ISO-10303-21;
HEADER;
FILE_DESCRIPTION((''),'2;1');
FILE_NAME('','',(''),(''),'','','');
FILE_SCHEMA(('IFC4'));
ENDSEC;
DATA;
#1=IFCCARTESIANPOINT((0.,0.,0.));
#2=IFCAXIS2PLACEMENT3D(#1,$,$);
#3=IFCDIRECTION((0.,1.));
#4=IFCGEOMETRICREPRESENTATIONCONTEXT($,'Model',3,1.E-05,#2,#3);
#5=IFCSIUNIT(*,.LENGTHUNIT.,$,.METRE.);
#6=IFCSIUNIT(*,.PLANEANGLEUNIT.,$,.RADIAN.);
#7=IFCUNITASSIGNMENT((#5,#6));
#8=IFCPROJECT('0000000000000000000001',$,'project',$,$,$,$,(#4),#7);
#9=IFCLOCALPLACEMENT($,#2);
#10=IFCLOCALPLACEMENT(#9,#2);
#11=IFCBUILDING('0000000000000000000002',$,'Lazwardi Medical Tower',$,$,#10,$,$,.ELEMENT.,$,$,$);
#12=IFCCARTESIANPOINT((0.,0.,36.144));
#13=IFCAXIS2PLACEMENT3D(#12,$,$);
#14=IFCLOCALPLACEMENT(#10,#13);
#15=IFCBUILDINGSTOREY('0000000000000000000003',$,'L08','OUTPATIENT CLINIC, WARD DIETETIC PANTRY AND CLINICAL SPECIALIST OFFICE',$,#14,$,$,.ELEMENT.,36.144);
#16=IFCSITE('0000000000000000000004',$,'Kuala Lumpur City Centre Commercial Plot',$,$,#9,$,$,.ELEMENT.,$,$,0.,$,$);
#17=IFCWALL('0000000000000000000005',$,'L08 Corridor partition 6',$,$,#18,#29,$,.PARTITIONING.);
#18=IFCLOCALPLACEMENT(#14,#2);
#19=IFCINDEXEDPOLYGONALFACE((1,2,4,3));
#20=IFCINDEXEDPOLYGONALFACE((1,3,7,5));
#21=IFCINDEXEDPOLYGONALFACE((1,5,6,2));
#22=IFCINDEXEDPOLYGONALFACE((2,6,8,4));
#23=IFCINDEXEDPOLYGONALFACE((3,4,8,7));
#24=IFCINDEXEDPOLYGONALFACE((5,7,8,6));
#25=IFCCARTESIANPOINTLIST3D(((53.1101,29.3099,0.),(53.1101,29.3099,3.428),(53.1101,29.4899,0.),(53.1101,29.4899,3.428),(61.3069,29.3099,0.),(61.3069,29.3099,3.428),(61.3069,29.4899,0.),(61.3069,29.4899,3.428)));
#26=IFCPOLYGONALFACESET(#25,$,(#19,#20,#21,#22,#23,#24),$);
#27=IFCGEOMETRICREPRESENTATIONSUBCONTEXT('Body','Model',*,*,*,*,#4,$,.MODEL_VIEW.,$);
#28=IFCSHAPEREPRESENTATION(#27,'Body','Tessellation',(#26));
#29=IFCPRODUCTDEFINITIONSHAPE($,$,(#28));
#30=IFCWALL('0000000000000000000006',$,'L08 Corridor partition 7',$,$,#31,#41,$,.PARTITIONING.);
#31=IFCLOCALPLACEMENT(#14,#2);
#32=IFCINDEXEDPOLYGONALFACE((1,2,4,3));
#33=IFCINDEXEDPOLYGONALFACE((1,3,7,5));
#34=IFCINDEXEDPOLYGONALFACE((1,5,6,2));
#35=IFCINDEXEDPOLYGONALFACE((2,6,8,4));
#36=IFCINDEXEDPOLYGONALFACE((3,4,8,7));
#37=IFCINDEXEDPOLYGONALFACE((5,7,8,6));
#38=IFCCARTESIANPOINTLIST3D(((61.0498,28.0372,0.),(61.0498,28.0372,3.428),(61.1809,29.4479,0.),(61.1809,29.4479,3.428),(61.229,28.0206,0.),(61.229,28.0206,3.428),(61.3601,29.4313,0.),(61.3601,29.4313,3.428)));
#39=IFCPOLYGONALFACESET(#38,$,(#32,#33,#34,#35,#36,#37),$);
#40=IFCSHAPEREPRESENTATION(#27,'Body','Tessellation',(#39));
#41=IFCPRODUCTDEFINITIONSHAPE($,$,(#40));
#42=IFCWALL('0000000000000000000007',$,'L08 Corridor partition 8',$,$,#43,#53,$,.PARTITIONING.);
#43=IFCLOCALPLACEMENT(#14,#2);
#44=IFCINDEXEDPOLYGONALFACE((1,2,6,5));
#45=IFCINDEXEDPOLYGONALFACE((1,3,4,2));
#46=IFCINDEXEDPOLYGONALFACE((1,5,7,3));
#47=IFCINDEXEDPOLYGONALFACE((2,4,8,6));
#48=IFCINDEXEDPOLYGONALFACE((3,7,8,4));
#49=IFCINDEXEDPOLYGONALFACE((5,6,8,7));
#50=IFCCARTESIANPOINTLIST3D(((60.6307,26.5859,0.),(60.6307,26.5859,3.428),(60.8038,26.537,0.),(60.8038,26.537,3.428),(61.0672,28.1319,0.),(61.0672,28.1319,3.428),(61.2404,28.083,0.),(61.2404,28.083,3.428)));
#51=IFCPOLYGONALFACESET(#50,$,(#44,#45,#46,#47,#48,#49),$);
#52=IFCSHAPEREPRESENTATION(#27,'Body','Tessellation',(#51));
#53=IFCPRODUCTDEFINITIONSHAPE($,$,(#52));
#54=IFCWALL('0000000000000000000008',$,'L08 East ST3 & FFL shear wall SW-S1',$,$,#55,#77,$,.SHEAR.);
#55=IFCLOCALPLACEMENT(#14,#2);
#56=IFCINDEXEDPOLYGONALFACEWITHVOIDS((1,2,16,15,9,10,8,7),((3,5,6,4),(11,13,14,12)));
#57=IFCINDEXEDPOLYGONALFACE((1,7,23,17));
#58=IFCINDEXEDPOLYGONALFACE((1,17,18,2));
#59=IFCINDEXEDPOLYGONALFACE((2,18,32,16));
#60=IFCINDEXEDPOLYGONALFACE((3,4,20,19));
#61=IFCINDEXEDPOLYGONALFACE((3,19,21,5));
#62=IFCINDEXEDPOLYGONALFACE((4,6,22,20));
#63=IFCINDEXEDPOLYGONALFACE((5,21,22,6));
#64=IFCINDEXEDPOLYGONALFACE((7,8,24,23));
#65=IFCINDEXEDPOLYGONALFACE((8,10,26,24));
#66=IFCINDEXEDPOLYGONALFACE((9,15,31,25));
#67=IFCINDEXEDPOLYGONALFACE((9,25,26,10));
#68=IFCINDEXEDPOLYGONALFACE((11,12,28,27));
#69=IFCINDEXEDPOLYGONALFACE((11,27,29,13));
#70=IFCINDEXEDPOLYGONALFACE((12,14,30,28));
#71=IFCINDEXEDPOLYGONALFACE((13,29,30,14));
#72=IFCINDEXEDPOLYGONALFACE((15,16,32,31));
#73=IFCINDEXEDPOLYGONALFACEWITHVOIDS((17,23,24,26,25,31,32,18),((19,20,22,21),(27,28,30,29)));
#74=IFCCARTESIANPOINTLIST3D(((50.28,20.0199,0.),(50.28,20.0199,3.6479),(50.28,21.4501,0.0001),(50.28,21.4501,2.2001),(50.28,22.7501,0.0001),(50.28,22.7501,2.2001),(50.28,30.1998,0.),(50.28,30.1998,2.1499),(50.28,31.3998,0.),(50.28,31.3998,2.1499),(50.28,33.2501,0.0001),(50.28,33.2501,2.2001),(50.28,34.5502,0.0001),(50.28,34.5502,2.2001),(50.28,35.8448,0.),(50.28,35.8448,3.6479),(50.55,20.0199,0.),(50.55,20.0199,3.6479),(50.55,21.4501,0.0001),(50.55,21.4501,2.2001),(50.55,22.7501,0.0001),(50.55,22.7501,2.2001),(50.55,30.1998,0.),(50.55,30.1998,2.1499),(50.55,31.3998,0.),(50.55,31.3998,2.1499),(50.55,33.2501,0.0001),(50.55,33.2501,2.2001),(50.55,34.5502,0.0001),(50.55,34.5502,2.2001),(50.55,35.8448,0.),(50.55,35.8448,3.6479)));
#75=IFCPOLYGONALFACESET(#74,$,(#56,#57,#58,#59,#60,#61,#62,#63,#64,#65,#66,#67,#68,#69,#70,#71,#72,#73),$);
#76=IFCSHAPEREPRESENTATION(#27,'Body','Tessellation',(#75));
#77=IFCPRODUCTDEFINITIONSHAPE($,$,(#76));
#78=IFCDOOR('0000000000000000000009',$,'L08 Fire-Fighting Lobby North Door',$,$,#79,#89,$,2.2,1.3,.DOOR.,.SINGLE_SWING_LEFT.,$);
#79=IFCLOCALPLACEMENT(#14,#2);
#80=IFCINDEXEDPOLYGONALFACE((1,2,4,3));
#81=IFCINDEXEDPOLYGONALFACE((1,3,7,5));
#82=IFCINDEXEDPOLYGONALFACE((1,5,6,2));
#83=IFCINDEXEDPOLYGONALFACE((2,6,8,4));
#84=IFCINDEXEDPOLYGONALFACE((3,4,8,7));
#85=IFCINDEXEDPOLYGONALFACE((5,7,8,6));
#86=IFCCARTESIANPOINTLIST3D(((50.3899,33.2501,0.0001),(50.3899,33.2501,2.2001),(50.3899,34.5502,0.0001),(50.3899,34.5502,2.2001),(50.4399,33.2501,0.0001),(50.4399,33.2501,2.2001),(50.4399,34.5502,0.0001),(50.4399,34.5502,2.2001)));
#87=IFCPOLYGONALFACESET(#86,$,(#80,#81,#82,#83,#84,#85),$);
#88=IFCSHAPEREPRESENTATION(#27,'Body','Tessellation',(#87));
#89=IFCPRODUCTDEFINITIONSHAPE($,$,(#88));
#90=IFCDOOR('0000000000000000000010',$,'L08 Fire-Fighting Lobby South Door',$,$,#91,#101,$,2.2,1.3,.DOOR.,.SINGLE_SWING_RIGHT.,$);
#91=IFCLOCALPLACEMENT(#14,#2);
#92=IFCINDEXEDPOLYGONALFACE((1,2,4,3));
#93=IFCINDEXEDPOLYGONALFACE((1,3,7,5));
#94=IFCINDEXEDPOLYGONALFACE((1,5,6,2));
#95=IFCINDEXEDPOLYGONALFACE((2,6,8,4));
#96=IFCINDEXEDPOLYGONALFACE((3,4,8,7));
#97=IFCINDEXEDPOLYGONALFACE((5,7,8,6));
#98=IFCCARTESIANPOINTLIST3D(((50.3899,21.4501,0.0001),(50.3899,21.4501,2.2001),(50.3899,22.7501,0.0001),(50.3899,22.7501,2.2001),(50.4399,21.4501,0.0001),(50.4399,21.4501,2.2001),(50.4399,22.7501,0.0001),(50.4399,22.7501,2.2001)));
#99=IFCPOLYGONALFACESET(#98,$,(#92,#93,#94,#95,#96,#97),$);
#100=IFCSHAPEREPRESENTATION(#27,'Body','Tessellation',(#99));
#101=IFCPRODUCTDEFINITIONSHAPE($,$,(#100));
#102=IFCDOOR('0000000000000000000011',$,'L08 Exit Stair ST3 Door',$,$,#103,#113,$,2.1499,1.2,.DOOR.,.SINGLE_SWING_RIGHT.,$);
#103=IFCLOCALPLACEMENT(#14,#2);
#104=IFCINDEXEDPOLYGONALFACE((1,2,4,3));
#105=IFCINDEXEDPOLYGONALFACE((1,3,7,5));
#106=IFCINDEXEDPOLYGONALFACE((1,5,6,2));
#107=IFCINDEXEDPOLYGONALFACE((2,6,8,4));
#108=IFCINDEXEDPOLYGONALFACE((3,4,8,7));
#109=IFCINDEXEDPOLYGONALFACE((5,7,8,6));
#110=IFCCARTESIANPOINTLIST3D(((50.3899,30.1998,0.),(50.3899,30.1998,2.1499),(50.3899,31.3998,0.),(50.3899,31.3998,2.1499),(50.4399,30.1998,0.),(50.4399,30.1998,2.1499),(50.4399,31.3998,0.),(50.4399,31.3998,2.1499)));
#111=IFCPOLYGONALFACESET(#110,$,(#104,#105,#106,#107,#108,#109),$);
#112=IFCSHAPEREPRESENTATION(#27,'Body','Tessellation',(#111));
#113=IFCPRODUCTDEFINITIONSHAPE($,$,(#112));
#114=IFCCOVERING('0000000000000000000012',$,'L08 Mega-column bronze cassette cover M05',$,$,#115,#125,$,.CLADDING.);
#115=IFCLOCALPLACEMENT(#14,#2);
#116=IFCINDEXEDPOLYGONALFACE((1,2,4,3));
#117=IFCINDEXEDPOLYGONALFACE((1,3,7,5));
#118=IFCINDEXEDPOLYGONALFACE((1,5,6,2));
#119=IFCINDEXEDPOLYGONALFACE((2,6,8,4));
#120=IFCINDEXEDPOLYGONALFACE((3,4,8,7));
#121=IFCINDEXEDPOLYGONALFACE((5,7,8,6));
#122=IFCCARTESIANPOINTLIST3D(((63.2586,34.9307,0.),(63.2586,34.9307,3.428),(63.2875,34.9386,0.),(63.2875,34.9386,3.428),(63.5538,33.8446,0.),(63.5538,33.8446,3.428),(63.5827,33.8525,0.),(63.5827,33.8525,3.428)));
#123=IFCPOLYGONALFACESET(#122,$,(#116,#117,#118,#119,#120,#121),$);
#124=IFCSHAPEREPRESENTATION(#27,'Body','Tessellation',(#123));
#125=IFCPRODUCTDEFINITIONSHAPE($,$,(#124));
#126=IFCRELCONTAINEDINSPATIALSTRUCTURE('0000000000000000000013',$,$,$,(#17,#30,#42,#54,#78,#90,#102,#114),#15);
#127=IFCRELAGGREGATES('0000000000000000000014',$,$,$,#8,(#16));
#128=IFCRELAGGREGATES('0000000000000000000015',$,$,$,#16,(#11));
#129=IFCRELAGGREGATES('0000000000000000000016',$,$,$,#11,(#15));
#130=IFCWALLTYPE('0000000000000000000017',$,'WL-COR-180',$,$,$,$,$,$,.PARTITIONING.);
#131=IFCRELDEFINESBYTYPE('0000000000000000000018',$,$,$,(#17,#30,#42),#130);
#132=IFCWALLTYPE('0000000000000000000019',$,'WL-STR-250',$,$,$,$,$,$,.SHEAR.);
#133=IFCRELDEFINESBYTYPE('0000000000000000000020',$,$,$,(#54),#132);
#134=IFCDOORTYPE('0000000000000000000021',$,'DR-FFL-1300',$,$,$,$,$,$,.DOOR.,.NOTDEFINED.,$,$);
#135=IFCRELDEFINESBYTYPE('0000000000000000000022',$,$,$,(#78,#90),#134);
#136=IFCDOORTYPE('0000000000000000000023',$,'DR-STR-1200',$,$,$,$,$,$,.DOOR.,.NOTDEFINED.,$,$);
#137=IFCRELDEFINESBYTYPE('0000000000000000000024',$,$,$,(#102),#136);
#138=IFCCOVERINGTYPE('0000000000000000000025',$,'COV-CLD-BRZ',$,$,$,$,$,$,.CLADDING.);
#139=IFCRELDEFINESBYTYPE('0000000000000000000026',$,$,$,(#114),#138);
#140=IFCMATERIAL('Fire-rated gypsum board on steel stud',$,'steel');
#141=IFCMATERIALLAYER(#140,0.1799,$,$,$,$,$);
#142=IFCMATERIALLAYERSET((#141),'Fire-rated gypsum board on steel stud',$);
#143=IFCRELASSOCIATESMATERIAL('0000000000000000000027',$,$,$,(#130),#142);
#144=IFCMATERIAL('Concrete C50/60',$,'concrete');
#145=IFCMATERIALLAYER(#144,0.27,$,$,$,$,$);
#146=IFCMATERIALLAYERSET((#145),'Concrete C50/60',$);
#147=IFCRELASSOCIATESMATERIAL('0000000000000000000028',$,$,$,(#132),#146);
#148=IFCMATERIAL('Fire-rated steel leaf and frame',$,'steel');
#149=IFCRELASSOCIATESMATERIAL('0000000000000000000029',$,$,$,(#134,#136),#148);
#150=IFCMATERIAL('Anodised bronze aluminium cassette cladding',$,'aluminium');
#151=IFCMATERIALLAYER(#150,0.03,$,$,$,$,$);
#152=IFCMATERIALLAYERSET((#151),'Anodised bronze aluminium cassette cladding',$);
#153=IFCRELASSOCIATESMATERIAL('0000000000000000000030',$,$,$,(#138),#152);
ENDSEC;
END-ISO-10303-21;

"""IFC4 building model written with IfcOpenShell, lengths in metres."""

from ifc_helpers import new_model, si_unit, direction, frame, frame_2d, origin, origin_2d, place, context, subcontext, project, spatial, rectangle, extrude, material, layer, layer_set, type_object, element, fill, save


model = new_model("IFC4")

# Units and contexts
model_context = context("Model", 3, precision=1e-05, world=origin(), true_north=direction((0.0, 1.0)))
body_context = subcontext(model_context, "Body", "Model", "MODEL_VIEW")
ifc_project = project(units=[si_unit("LENGTHUNIT", "METRE"), si_unit("PLANEANGLEUNIT", "RADIAN")], contexts=[model_context])

# Site, building, storey
site_placement = place(None, origin())
site = spatial("IfcSite", under=ifc_project, at=site_placement, Name="Kuala Lumpur City Centre Commercial Plot", CompositionType="ELEMENT", RefElevation=0.0)
building_placement = place(site_placement, origin())
building = spatial("IfcBuilding", under=site, at=building_placement, Name="Lazwardi Medical Tower", CompositionType="ELEMENT")
storey_placement = place(building_placement, frame((0.0, 0.0, 36.144)))
storey = spatial("IfcBuildingStorey", under=building, at=storey_placement, Name="L08", Description="OUTPATIENT CLINIC, WARD DIETETIC PANTRY AND CLINICAL SPECIALIST OFFICE", CompositionType="ELEMENT", Elevation=36.144)

# Walls
ifc_material_1 = material(Name="Fire-rated gypsum board on steel stud", Category="steel")
ifc_layer_1 = layer(ifc_material_1, 0.1799)
ifc_layer_set_1 = layer_set([ifc_layer_1], Name="Fire-rated gypsum board on steel stud")
wall_type_1 = type_object("IfcWallType", Name="WL-COR-180", PredefinedType="PARTITIONING", material=ifc_layer_set_1)
wall_1_placement = place(storey_placement, frame((53.1101, 29.3999, 0.0), z_axis=(0.0, 0.0, 1.0), x_axis=(1.0, 0.0, 0.0)))
element("IfcWall", 1, at=wall_1_placement, inside=storey, type_object=wall_type_1, Name="L08 Corridor partition 6", PredefinedType="PARTITIONING", context=body_context, shape_type="SweptSolid", body=[
    extrude(rectangle(XDim=8.1968, YDim=0.1799, at=frame_2d((4.0984, 0.0))), origin(), (0.0, 0.0, 1.0), 3.428),
])
wall_2_placement = place(storey_placement, frame((61.2705, 29.4397, 0.0), z_axis=(0.0, 0.0, 1.0), x_axis=(-0.09254, -0.995709, 0.0)))
element("IfcWall", 2, at=wall_2_placement, inside=storey, type_object=wall_type_1, Name="L08 Corridor partition 7", PredefinedType="PARTITIONING", context=body_context, shape_type="SweptSolid", body=[
    extrude(rectangle(XDim=1.4167, YDim=0.1799, at=frame_2d((0.7085, 0.0))), origin(), (0.0, 0.0, 1.0), 3.428),
])
wall_3_placement = place(storey_placement, frame((61.1538, 28.1074, 0.0), z_axis=(0.0, 0.0, 1.0), x_axis=(-0.271749, -0.962368, 0.0)))
element("IfcWall", 3, at=wall_3_placement, inside=storey, type_object=wall_type_1, Name="L08 Corridor partition 8", PredefinedType="PARTITIONING", context=body_context, shape_type="SweptSolid", body=[
    extrude(rectangle(XDim=1.6064, YDim=0.1799, at=frame_2d((0.8032, 0.0))), origin(), (0.0, 0.0, 1.0), 3.428),
])

# Wall, openings, doors
ifc_material_2 = material(Name="Concrete C50/60", Category="concrete")
ifc_layer_2 = layer(ifc_material_2, 0.27)
ifc_layer_set_2 = layer_set([ifc_layer_2], Name="Concrete C50/60")
wall_type_2 = type_object("IfcWallType", Name="WL-STR-250", PredefinedType="SHEAR", material=ifc_layer_set_2)
wall_4_placement = place(storey_placement, frame((50.415, 35.845, 0.0), z_axis=(0.0, 0.0, 1.0), x_axis=(0.0, -1.0, 0.0)))
wall_4 = element("IfcWall", 4, at=wall_4_placement, inside=storey, type_object=wall_type_2, Name="L08 East ST3 & FFL shear wall SW-S1", PredefinedType="SHEAR", context=body_context, shape_type="SweptSolid", body=[
    extrude(rectangle(XDim=15.825, YDim=0.27, at=frame_2d((7.9126, 0.0))), origin(), (0.0, 0.0, 1.0), 3.6479),
])
opening_1_placement = place(wall_4_placement, frame((4.4451, 0.0, 0.0)))
opening_1 = element("IfcOpeningElement", 5, at=opening_1_placement, cuts=wall_4, PredefinedType="OPENING", context=body_context, shape_type="SweptSolid", body=[
    extrude(rectangle(XDim=1.2, YDim=2.1499, at=frame_2d((0.6001, 1.075))), frame((0.0, 0.145, 0.0), z_axis=(0.0, -1.0, 0.0), x_axis=(1.0, 0.0, 0.0)), (0.0, 0.0, 1.0), 0.29),
])
opening_2_placement = place(wall_4_placement, frame((1.2949, 0.0, 0.0)))
opening_2 = element("IfcOpeningElement", 6, at=opening_2_placement, cuts=wall_4, PredefinedType="OPENING", context=body_context, shape_type="SweptSolid", body=[
    extrude(rectangle(XDim=1.3, YDim=2.2, at=frame_2d((0.6499, 1.1001))), frame((0.0, 0.145, 0.0), z_axis=(0.0, -1.0, 0.0), x_axis=(1.0, 0.0, 0.0)), (0.0, 0.0, 1.0), 0.29),
])
opening_3_placement = place(wall_4_placement, frame((13.095, 0.0, 0.0)))
opening_3 = element("IfcOpeningElement", 7, at=opening_3_placement, cuts=wall_4, PredefinedType="OPENING", context=body_context, shape_type="SweptSolid", body=[
    extrude(rectangle(XDim=1.3, YDim=2.2, at=frame_2d((0.6499, 1.1001))), frame((0.0, 0.145, 0.0), z_axis=(0.0, -1.0, 0.0), x_axis=(1.0, 0.0, 0.0)), (0.0, 0.0, 1.0), 0.29),
])
ifc_material_3 = material(Name="Fire-rated steel leaf and frame", Category="steel")
door_type_1 = type_object("IfcDoorType", Name="DR-FFL-1300", OperationType="NOTDEFINED", PredefinedType="DOOR", material=ifc_material_3)
door_1_placement = place(opening_2_placement, origin())
door_1 = element("IfcDoor", 8, at=door_1_placement, inside=storey, type_object=door_type_1, Name="L08 Fire-Fighting Lobby North Door", OperationType="SINGLE_SWING_LEFT", OverallHeight=2.2, OverallWidth=1.3, PredefinedType="DOOR", context=body_context, shape_type="SweptSolid", body=[
    extrude(rectangle(XDim=1.3, YDim=2.2, at=frame_2d((0.6499, 1.1001))), frame((0.0, 0.0249, 0.0), z_axis=(0.0, -1.0, 0.0), x_axis=(1.0, 0.0, 0.0)), (0.0, 0.0, 1.0), 0.05),
])
fill(opening_2, door_1)
door_2_placement = place(opening_3_placement, origin())
door_2 = element("IfcDoor", 9, at=door_2_placement, inside=storey, type_object=door_type_1, Name="L08 Fire-Fighting Lobby South Door", OperationType="SINGLE_SWING_RIGHT", OverallHeight=2.2, OverallWidth=1.3, PredefinedType="DOOR", context=body_context, shape_type="SweptSolid", body=[
    extrude(rectangle(XDim=1.3, YDim=2.2, at=frame_2d((0.6499, 1.1001))), frame((0.0, 0.0249, 0.0), z_axis=(0.0, -1.0, 0.0), x_axis=(1.0, 0.0, 0.0)), (0.0, 0.0, 1.0), 0.05),
])
fill(opening_3, door_2)
door_type_2 = type_object("IfcDoorType", Name="DR-STR-1200", OperationType="NOTDEFINED", PredefinedType="DOOR", material=ifc_material_3)
door_3_placement = place(opening_1_placement, origin())
door_3 = element("IfcDoor", 10, at=door_3_placement, inside=storey, type_object=door_type_2, Name="L08 Exit Stair ST3 Door", OperationType="SINGLE_SWING_RIGHT", OverallHeight=2.1499, OverallWidth=1.2, PredefinedType="DOOR", context=body_context, shape_type="SweptSolid", body=[
    extrude(rectangle(XDim=1.2, YDim=2.1499, at=frame_2d((0.6001, 1.075))), frame((0.0, 0.0249, 0.0), z_axis=(0.0, -1.0, 0.0), x_axis=(1.0, 0.0, 0.0)), (0.0, 0.0, 1.0), 0.05),
])
fill(opening_1, door_3)

# Covering
ifc_material_4 = material(Name="Anodised bronze aluminium cassette cladding", Category="aluminium")
ifc_layer_3 = layer(ifc_material_4, 0.03)
ifc_layer_set_3 = layer_set([ifc_layer_3], Name="Anodised bronze aluminium cassette cladding")
covering_type = type_object("IfcCoveringType", Name="COV-CLD-BRZ", PredefinedType="CLADDING", material=ifc_layer_set_3)
covering_placement = place(storey_placement, frame((63.4207, 34.3916, 0.0), z_axis=(0.0, 0.0, 1.0), x_axis=(-0.262283, 0.964991, 0.0)))
element("IfcCovering", 11, at=covering_placement, inside=storey, type_object=covering_type, Name="L08 Mega-column bronze cassette cover M05", PredefinedType="CLADDING", context=body_context, shape_type="SweptSolid", body=[
    extrude(rectangle(XDim=1.1255, YDim=0.03, at=origin_2d()), origin(), (0.0, 0.0, 1.0), 3.428),
])

save(model, "model.ifc")
